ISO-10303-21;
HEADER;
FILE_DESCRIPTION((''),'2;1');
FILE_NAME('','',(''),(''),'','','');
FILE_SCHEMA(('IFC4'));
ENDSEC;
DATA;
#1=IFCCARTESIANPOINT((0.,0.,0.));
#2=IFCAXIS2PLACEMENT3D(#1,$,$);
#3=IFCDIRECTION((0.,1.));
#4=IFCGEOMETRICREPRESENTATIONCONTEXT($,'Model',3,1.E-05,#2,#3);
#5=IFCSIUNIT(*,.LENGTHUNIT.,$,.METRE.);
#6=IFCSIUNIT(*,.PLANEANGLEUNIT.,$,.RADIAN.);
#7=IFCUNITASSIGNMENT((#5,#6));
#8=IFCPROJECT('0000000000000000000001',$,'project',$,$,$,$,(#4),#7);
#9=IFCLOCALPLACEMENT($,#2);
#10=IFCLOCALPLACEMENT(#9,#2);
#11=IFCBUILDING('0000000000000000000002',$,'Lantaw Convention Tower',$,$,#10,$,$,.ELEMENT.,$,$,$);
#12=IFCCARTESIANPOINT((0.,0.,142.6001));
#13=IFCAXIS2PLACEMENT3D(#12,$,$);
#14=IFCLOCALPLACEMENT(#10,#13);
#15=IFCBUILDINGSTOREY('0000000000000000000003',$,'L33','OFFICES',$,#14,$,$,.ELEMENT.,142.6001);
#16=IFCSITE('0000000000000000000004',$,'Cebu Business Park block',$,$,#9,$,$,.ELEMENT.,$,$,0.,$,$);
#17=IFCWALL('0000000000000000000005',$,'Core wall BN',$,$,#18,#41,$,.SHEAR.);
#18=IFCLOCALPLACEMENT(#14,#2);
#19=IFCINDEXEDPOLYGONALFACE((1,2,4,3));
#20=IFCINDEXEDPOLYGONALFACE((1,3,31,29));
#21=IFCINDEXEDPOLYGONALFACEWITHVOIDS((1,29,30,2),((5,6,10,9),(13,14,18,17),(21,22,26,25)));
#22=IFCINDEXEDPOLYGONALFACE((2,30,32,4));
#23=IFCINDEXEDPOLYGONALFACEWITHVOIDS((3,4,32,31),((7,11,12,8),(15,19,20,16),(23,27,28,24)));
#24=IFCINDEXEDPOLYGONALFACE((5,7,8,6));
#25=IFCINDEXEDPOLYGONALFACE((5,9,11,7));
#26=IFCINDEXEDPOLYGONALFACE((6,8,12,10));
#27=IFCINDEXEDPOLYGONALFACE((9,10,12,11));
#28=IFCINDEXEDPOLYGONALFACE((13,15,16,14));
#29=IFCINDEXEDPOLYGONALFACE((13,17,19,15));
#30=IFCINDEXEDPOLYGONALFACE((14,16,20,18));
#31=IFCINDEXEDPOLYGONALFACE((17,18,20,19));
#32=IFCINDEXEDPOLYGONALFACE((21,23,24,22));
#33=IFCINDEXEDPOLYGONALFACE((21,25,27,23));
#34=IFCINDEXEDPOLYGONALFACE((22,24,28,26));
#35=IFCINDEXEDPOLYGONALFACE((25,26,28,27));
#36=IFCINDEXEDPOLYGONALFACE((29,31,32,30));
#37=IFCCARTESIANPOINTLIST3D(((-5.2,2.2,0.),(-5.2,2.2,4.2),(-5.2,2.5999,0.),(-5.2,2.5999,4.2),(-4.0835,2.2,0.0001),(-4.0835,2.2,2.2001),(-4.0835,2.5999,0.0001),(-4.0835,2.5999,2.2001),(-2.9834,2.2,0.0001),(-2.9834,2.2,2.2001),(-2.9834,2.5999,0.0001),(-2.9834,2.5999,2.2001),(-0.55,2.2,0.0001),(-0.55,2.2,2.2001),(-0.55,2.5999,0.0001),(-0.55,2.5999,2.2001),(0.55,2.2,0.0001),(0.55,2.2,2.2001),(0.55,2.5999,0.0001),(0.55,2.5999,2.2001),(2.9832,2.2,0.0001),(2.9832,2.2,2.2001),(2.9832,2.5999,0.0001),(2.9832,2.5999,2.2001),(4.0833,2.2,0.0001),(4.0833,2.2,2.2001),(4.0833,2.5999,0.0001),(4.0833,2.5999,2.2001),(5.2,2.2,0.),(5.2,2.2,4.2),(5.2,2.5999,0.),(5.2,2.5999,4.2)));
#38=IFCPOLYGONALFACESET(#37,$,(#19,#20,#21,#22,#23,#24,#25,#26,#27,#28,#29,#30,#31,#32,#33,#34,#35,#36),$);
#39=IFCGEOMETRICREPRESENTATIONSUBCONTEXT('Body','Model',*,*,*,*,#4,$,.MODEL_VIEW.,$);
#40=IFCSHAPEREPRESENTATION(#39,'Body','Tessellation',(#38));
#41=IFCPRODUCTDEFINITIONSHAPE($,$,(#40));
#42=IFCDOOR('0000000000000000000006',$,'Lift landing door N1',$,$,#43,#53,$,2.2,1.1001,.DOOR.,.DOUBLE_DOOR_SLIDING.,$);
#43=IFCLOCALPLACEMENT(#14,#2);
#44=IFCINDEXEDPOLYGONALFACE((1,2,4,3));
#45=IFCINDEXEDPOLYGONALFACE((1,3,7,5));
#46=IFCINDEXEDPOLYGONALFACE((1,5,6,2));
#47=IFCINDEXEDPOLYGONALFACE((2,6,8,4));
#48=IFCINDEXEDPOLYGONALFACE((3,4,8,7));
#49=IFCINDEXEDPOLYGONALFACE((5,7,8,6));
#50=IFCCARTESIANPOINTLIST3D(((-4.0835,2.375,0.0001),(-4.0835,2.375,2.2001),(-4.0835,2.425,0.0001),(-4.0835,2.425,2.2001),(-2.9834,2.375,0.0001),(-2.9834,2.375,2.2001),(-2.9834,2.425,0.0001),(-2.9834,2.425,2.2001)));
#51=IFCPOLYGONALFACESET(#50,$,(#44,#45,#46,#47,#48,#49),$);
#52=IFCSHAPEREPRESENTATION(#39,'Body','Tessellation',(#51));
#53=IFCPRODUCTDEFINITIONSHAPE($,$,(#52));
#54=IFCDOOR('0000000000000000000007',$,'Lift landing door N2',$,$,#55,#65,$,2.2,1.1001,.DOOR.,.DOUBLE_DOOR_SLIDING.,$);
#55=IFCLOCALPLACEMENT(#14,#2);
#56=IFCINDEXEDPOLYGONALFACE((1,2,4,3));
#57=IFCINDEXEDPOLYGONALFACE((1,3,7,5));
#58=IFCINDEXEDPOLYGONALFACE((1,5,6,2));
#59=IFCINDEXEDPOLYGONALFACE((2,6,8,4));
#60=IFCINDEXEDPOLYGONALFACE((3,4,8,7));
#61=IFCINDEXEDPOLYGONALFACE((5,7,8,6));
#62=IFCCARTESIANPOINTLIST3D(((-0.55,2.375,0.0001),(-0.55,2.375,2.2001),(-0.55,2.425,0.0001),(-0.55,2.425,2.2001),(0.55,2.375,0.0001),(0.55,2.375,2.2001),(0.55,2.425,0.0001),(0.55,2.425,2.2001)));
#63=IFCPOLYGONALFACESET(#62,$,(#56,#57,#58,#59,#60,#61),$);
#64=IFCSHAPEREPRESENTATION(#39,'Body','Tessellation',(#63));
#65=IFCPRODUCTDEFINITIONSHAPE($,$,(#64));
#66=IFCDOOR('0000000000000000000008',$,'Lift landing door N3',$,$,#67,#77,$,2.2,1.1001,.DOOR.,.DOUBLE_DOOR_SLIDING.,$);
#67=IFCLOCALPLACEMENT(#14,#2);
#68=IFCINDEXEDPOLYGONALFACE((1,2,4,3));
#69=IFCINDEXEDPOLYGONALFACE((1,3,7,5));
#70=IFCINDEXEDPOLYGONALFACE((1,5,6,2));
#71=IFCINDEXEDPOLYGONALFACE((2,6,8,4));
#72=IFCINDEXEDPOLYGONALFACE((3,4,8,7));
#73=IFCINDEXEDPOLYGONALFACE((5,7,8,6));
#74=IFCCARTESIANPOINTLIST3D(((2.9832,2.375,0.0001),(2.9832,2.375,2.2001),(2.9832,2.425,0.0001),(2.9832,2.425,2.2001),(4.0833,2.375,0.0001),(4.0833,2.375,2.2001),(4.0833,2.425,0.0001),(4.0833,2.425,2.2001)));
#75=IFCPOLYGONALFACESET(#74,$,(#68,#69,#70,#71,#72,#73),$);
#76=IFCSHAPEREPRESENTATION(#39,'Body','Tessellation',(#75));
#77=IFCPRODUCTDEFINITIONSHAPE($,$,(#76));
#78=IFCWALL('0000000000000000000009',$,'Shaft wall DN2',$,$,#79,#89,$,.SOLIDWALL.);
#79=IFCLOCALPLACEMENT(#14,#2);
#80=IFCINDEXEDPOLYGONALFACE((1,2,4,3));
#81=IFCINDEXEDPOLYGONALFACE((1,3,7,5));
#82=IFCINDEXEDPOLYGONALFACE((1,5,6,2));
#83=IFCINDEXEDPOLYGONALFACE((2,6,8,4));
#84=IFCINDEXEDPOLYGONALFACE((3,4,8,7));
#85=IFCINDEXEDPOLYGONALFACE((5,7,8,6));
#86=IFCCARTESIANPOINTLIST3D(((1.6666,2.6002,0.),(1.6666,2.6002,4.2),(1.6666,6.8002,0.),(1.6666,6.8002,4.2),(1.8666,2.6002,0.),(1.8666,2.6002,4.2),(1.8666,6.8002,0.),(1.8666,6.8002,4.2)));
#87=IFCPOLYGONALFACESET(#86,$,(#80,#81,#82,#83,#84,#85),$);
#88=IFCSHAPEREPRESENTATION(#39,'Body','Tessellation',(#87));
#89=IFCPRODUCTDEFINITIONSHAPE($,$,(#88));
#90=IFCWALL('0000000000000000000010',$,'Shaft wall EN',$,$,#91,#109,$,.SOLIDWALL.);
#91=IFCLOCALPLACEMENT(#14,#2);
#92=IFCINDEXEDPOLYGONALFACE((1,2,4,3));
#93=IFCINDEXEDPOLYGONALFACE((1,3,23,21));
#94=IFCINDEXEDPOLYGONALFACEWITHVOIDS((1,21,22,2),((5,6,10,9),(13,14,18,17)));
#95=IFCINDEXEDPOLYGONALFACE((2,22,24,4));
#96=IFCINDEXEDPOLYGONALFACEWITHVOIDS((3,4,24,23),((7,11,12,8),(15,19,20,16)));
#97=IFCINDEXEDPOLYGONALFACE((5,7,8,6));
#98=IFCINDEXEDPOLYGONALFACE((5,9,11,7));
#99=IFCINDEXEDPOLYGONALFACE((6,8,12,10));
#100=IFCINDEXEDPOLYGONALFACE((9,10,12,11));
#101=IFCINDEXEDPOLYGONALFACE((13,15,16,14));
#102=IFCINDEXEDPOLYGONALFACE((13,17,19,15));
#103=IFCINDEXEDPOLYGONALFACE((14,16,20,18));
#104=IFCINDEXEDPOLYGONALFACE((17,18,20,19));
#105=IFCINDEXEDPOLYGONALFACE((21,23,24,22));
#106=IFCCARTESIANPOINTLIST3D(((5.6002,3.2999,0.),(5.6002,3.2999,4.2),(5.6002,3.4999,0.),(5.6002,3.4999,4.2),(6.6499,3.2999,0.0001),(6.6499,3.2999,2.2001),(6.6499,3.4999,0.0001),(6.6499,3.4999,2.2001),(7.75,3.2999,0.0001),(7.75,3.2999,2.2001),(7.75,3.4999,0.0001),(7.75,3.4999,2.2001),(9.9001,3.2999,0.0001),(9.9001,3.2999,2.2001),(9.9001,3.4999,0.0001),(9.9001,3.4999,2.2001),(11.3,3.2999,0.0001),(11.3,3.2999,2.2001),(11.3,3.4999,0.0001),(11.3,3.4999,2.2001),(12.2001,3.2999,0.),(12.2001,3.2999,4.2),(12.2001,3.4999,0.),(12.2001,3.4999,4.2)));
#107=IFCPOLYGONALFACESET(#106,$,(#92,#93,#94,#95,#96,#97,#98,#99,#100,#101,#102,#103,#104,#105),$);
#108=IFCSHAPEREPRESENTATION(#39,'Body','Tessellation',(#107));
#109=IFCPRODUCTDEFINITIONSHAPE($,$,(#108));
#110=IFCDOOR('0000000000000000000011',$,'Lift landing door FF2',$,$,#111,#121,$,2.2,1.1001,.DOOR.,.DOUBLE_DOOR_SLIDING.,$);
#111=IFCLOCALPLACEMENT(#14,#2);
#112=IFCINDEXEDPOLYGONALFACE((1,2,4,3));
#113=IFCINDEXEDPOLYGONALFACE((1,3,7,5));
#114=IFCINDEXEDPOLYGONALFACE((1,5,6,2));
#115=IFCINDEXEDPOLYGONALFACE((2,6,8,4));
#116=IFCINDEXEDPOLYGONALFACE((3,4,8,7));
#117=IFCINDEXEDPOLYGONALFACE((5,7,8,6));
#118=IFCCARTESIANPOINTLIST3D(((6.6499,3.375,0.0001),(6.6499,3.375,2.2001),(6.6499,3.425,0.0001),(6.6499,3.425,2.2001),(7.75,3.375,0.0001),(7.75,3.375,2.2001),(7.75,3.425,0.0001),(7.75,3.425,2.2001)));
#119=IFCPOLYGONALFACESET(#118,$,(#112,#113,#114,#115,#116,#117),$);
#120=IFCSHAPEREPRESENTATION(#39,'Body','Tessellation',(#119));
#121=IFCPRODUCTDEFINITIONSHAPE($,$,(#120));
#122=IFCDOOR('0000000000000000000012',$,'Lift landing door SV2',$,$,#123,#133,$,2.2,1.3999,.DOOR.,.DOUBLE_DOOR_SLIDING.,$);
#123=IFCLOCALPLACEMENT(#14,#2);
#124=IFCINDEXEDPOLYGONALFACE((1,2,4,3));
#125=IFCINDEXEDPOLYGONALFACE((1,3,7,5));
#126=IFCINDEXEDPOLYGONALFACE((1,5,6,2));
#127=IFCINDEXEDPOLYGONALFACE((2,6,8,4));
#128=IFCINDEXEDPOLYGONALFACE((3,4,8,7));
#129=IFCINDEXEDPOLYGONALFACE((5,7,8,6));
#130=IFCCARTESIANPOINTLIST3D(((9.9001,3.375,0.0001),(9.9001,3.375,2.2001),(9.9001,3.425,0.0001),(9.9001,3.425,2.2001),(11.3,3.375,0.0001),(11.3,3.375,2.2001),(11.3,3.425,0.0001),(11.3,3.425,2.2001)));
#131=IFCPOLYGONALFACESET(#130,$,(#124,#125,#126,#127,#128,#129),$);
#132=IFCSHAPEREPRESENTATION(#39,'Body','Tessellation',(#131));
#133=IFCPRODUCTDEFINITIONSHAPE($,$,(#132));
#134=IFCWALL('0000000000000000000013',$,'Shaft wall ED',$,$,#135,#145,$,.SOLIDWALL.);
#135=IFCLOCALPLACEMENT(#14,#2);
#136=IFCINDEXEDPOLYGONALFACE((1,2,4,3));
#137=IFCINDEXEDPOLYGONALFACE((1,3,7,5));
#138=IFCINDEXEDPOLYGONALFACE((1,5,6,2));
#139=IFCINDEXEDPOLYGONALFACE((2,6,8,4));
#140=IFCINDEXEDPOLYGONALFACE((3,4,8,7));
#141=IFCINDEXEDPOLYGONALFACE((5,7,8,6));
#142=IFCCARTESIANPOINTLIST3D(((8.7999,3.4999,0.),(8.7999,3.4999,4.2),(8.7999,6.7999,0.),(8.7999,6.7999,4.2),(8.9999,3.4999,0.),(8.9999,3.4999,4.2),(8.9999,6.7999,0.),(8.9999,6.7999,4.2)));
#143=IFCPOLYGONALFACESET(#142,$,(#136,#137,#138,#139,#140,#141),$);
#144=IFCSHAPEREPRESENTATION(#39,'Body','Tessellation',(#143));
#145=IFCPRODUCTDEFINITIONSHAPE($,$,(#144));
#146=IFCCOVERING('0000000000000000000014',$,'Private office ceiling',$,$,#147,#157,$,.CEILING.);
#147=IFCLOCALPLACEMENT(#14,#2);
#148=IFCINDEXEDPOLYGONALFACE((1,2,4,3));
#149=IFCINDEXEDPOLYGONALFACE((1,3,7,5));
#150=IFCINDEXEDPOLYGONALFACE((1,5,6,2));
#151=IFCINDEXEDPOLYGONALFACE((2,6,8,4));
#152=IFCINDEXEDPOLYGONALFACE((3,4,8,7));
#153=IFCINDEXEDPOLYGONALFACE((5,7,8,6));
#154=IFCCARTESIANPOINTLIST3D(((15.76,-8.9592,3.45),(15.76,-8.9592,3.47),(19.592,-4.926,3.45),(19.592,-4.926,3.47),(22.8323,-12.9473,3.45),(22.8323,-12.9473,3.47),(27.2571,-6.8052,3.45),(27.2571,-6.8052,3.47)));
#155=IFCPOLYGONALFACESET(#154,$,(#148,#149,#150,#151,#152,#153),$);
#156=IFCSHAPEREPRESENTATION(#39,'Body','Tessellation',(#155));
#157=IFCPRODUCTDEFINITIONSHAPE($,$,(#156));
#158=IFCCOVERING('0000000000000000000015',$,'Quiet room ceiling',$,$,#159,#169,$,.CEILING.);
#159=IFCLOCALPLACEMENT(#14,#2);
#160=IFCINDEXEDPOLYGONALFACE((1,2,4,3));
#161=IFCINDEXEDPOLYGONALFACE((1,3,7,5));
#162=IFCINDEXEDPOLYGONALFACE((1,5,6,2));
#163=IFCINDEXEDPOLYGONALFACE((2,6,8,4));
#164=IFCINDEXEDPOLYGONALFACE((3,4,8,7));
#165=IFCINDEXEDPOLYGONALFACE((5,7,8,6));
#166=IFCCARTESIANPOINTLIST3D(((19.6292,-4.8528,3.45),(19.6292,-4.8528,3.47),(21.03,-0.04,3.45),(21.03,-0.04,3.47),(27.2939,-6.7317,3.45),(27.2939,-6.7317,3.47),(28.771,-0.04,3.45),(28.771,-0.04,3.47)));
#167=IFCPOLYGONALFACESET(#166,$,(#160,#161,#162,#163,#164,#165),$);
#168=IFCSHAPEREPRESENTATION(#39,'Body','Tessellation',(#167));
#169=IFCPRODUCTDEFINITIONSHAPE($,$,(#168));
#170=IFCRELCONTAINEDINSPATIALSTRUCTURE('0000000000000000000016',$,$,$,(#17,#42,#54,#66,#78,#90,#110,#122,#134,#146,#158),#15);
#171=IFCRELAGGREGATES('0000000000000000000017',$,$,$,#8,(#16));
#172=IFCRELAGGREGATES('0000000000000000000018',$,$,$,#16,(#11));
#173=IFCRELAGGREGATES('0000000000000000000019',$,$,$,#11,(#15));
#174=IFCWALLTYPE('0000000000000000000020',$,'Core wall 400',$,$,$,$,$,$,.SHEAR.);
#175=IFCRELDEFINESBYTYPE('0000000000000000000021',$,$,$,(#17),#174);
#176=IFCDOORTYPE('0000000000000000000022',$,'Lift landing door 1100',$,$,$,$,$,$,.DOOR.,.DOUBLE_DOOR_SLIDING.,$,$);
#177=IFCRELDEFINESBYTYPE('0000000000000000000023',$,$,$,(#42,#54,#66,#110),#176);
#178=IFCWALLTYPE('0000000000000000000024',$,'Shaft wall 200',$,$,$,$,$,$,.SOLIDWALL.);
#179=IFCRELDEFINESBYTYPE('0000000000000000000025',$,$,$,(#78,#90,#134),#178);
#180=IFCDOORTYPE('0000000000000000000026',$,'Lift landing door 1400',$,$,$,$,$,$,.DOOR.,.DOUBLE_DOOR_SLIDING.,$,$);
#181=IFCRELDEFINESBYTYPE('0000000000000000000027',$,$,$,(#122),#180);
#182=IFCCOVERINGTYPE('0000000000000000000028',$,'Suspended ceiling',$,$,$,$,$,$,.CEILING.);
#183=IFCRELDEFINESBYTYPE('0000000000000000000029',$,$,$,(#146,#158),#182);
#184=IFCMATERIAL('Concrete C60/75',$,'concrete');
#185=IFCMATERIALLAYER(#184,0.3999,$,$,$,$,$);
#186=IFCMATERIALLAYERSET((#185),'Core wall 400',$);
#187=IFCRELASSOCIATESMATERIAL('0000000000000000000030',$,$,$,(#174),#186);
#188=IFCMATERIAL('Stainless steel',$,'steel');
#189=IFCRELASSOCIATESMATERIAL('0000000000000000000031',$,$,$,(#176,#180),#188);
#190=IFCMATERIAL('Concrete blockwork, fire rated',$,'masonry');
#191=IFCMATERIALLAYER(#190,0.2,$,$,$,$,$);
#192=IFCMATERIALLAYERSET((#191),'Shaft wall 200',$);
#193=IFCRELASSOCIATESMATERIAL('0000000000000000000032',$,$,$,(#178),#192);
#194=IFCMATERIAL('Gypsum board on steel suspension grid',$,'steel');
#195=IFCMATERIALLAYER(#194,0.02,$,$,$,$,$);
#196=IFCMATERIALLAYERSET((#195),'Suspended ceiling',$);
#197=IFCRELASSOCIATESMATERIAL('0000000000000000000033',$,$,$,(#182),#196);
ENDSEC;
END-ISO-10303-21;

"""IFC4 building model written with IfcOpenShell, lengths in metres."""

from ifc_helpers import new_model, si_unit, direction, frame, frame_2d, origin, place, context, subcontext, project, spatial, polyline, rectangle, outline, extrude, material, layer, layer_set, type_object, element, fill, save


model = new_model("IFC4")

# Units and contexts
model_context = context("Model", 3, precision=1e-05, world=origin(), true_north=direction((0.0, 1.0)))
body_context = subcontext(model_context, "Body", "Model", "MODEL_VIEW")
ifc_project = project(units=[si_unit("LENGTHUNIT", "METRE"), si_unit("PLANEANGLEUNIT", "RADIAN")], contexts=[model_context])

# Site, building, storey
site_placement = place(None, origin())
site = spatial("IfcSite", under=ifc_project, at=site_placement, Name="Cebu Business Park block", CompositionType="ELEMENT", RefElevation=0.0)
building_placement = place(site_placement, origin())
building = spatial("IfcBuilding", under=site, at=building_placement, Name="Lantaw Convention Tower", CompositionType="ELEMENT")
storey_placement = place(building_placement, frame((0.0, 0.0, 142.6001)))
storey = spatial("IfcBuildingStorey", under=building, at=storey_placement, Name="L33", Description="OFFICES", CompositionType="ELEMENT", Elevation=142.6001)

# Wall, openings, doors
ifc_material_1 = material(Name="Concrete C60/75", Category="concrete")
ifc_layer_1 = layer(ifc_material_1, 0.3999)
ifc_layer_set_1 = layer_set([ifc_layer_1], Name="Core wall 400")
wall_type_1 = type_object("IfcWallType", Name="Core wall 400", PredefinedType="SHEAR", material=ifc_layer_set_1)
wall_1_placement = place(storey_placement, frame((5.2, 2.3999, 0.0), z_axis=(0.0, 0.0, 1.0), x_axis=(-1.0, 0.0, 0.0)))
wall_1 = element("IfcWall", 1, at=wall_1_placement, inside=storey, type_object=wall_type_1, Name="Core wall BN", PredefinedType="SHEAR", context=body_context, shape_type="SweptSolid", body=[
    extrude(rectangle(XDim=10.3999, YDim=0.3999, at=frame_2d((5.2, 0.0))), origin(), (0.0, 0.0, 1.0), 4.2),
])
opening_1_placement = place(wall_1_placement, frame((8.1833, 0.0, 0.0)))
opening_1 = element("IfcOpeningElement", 2, at=opening_1_placement, cuts=wall_1, PredefinedType="OPENING", context=body_context, shape_type="SweptSolid", body=[
    extrude(rectangle(XDim=1.1001, YDim=2.2, at=frame_2d((0.55, 1.1001))), frame((0.0, 0.21, 0.0), z_axis=(0.0, -1.0, 0.0), x_axis=(1.0, 0.0, 0.0)), (0.0, 0.0, 1.0), 0.4199),
])
opening_2_placement = place(wall_1_placement, frame((4.6499, 0.0, 0.0)))
opening_2 = element("IfcOpeningElement", 3, at=opening_2_placement, cuts=wall_1, PredefinedType="OPENING", context=body_context, shape_type="SweptSolid", body=[
    extrude(rectangle(XDim=1.1001, YDim=2.2, at=frame_2d((0.55, 1.1001))), frame((0.0, 0.21, 0.0), z_axis=(0.0, -1.0, 0.0), x_axis=(1.0, 0.0, 0.0)), (0.0, 0.0, 1.0), 0.4199),
])
opening_3_placement = place(wall_1_placement, frame((1.1167, 0.0, 0.0)))
opening_3 = element("IfcOpeningElement", 4, at=opening_3_placement, cuts=wall_1, PredefinedType="OPENING", context=body_context, shape_type="SweptSolid", body=[
    extrude(rectangle(XDim=1.1001, YDim=2.2, at=frame_2d((0.55, 1.1001))), frame((0.0, 0.21, 0.0), z_axis=(0.0, -1.0, 0.0), x_axis=(1.0, 0.0, 0.0)), (0.0, 0.0, 1.0), 0.4199),
])
ifc_material_2 = material(Name="Stainless steel", Category="steel")
door_type_1 = type_object("IfcDoorType", Name="Lift landing door 1100", OperationType="DOUBLE_DOOR_SLIDING", PredefinedType="DOOR", material=ifc_material_2)
door_1_placement = place(opening_1_placement, origin())
door_1 = element("IfcDoor", 5, at=door_1_placement, inside=storey, type_object=door_type_1, Name="Lift landing door N1", OperationType="DOUBLE_DOOR_SLIDING", OverallHeight=2.2, OverallWidth=1.1001, PredefinedType="DOOR", context=body_context, shape_type="SweptSolid", body=[
    extrude(rectangle(XDim=1.1001, YDim=2.2, at=frame_2d((0.55, 1.1001))), frame((0.0, 0.0249, 0.0), z_axis=(0.0, -1.0, 0.0), x_axis=(1.0, 0.0, 0.0)), (0.0, 0.0, 1.0), 0.05),
])
fill(opening_1, door_1)
door_2_placement = place(opening_2_placement, origin())
door_2 = element("IfcDoor", 6, at=door_2_placement, inside=storey, type_object=door_type_1, Name="Lift landing door N2", OperationType="DOUBLE_DOOR_SLIDING", OverallHeight=2.2, OverallWidth=1.1001, PredefinedType="DOOR", context=body_context, shape_type="SweptSolid", body=[
    extrude(rectangle(XDim=1.1001, YDim=2.2, at=frame_2d((0.55, 1.1001))), frame((0.0, 0.0249, 0.0), z_axis=(0.0, -1.0, 0.0), x_axis=(1.0, 0.0, 0.0)), (0.0, 0.0, 1.0), 0.05),
])
fill(opening_2, door_2)
door_3_placement = place(opening_3_placement, origin())
door_3 = element("IfcDoor", 7, at=door_3_placement, inside=storey, type_object=door_type_1, Name="Lift landing door N3", OperationType="DOUBLE_DOOR_SLIDING", OverallHeight=2.2, OverallWidth=1.1001, PredefinedType="DOOR", context=body_context, shape_type="SweptSolid", body=[
    extrude(rectangle(XDim=1.1001, YDim=2.2, at=frame_2d((0.55, 1.1001))), frame((0.0, 0.0249, 0.0), z_axis=(0.0, -1.0, 0.0), x_axis=(1.0, 0.0, 0.0)), (0.0, 0.0, 1.0), 0.05),
])
fill(opening_3, door_3)

# Wall
ifc_material_3 = material(Name="Concrete blockwork, fire rated", Category="masonry")
ifc_layer_2 = layer(ifc_material_3, 0.2)
ifc_layer_set_2 = layer_set([ifc_layer_2], Name="Shaft wall 200")
wall_type_2 = type_object("IfcWallType", Name="Shaft wall 200", PredefinedType="SOLIDWALL", material=ifc_layer_set_2)
wall_2_placement = place(storey_placement, frame((1.7666, 2.6001, 0.0), z_axis=(0.0, 0.0, 1.0), x_axis=(0.0, 1.0, 0.0)))
element("IfcWall", 8, at=wall_2_placement, inside=storey, type_object=wall_type_2, Name="Shaft wall DN2", PredefinedType="SOLIDWALL", context=body_context, shape_type="SweptSolid", body=[
    extrude(rectangle(XDim=4.2, YDim=0.2, at=frame_2d((2.1001, 0.0))), origin(), (0.0, 0.0, 1.0), 4.2),
])

# Wall, openings, doors
wall_3_placement = place(storey_placement, frame((12.2, 3.3999, 0.0), z_axis=(0.0, 0.0, 1.0), x_axis=(-1.0, 0.0, 0.0)))
wall_3 = element("IfcWall", 9, at=wall_3_placement, inside=storey, type_object=wall_type_2, Name="Shaft wall EN", PredefinedType="SOLIDWALL", context=body_context, shape_type="SweptSolid", body=[
    extrude(rectangle(XDim=6.5999, YDim=0.2, at=frame_2d((3.2998, 0.0))), origin(), (0.0, 0.0, 1.0), 4.2),
])
opening_4_placement = place(wall_3_placement, frame((4.45, 0.0, 0.0)))
opening_4 = element("IfcOpeningElement", 10, at=opening_4_placement, cuts=wall_3, PredefinedType="OPENING", context=body_context, shape_type="SweptSolid", body=[
    extrude(rectangle(XDim=1.1001, YDim=2.2, at=frame_2d((0.55, 1.1001))), frame((0.0, 0.1099, 0.0), z_axis=(0.0, -1.0, 0.0), x_axis=(1.0, 0.0, 0.0)), (0.0, 0.0, 1.0), 0.22),
])
opening_5_placement = place(wall_3_placement, frame((0.8999, 0.0, 0.0)))
opening_5 = element("IfcOpeningElement", 11, at=opening_5_placement, cuts=wall_3, PredefinedType="OPENING", context=body_context, shape_type="SweptSolid", body=[
    extrude(rectangle(XDim=1.3999, YDim=2.2, at=frame_2d((0.7, 1.1001))), frame((0.0, 0.1099, 0.0), z_axis=(0.0, -1.0, 0.0), x_axis=(1.0, 0.0, 0.0)), (0.0, 0.0, 1.0), 0.22),
])
door_4_placement = place(opening_4_placement, origin())
door_4 = element("IfcDoor", 12, at=door_4_placement, inside=storey, type_object=door_type_1, Name="Lift landing door FF2", OperationType="DOUBLE_DOOR_SLIDING", OverallHeight=2.2, OverallWidth=1.1001, PredefinedType="DOOR", context=body_context, shape_type="SweptSolid", body=[
    extrude(rectangle(XDim=1.1001, YDim=2.2, at=frame_2d((0.55, 1.1001))), frame((0.0, 0.0249, 0.0), z_axis=(0.0, -1.0, 0.0), x_axis=(1.0, 0.0, 0.0)), (0.0, 0.0, 1.0), 0.05),
])
fill(opening_4, door_4)
door_type_2 = type_object("IfcDoorType", Name="Lift landing door 1400", OperationType="DOUBLE_DOOR_SLIDING", PredefinedType="DOOR", material=ifc_material_2)
door_5_placement = place(opening_5_placement, origin())
door_5 = element("IfcDoor", 13, at=door_5_placement, inside=storey, type_object=door_type_2, Name="Lift landing door SV2", OperationType="DOUBLE_DOOR_SLIDING", OverallHeight=2.2, OverallWidth=1.3999, PredefinedType="DOOR", context=body_context, shape_type="SweptSolid", body=[
    extrude(rectangle(XDim=1.3999, YDim=2.2, at=frame_2d((0.7, 1.1001))), frame((0.0, 0.0249, 0.0), z_axis=(0.0, -1.0, 0.0), x_axis=(1.0, 0.0, 0.0)), (0.0, 0.0, 1.0), 0.05),
])
fill(opening_5, door_5)

# Wall
wall_4_placement = place(storey_placement, frame((8.8999, 3.5, 0.0), z_axis=(0.0, 0.0, 1.0), x_axis=(0.0, 1.0, 0.0)))
element("IfcWall", 14, at=wall_4_placement, inside=storey, type_object=wall_type_2, Name="Shaft wall ED", PredefinedType="SOLIDWALL", context=body_context, shape_type="SweptSolid", body=[
    extrude(rectangle(XDim=3.3, YDim=0.2, at=frame_2d((1.6499, 0.0))), origin(), (0.0, 0.0, 1.0), 4.2),
])

# Coverings
ifc_material_4 = material(Name="Gypsum board on steel suspension grid", Category="steel")
ifc_layer_3 = layer(ifc_material_4, 0.02)
ifc_layer_set_3 = layer_set([ifc_layer_3], Name="Suspended ceiling")
covering_type = type_object("IfcCoveringType", Name="Suspended ceiling", PredefinedType="CEILING", material=ifc_layer_set_3)
covering_1_placement = place(storey_placement, frame((0.0, 0.0, 3.45)))
element("IfcCovering", 15, at=covering_1_placement, inside=storey, type_object=covering_type, Name="Private office ceiling", PredefinedType="CEILING", context=body_context, shape_type="SweptSolid", body=[
    extrude(outline(polyline([(15.76, -8.9592), (22.8323, -12.9473), (27.2571, -6.8052), (19.592, -4.926), (15.76, -8.9592)])), origin(), (0.0, 0.0, 1.0), 0.02),
])
covering_2_placement = place(storey_placement, frame((0.0, 0.0, 3.45)))
element("IfcCovering", 16, at=covering_2_placement, inside=storey, type_object=covering_type, Name="Quiet room ceiling", PredefinedType="CEILING", context=body_context, shape_type="SweptSolid", body=[
    extrude(outline(polyline([(19.6292, -4.8528), (27.2939, -6.7317), (28.771, -0.04), (21.03, -0.04), (19.6292, -4.8528)])), origin(), (0.0, 0.0, 1.0), 0.02),
])

save(model, "model.ifc")
